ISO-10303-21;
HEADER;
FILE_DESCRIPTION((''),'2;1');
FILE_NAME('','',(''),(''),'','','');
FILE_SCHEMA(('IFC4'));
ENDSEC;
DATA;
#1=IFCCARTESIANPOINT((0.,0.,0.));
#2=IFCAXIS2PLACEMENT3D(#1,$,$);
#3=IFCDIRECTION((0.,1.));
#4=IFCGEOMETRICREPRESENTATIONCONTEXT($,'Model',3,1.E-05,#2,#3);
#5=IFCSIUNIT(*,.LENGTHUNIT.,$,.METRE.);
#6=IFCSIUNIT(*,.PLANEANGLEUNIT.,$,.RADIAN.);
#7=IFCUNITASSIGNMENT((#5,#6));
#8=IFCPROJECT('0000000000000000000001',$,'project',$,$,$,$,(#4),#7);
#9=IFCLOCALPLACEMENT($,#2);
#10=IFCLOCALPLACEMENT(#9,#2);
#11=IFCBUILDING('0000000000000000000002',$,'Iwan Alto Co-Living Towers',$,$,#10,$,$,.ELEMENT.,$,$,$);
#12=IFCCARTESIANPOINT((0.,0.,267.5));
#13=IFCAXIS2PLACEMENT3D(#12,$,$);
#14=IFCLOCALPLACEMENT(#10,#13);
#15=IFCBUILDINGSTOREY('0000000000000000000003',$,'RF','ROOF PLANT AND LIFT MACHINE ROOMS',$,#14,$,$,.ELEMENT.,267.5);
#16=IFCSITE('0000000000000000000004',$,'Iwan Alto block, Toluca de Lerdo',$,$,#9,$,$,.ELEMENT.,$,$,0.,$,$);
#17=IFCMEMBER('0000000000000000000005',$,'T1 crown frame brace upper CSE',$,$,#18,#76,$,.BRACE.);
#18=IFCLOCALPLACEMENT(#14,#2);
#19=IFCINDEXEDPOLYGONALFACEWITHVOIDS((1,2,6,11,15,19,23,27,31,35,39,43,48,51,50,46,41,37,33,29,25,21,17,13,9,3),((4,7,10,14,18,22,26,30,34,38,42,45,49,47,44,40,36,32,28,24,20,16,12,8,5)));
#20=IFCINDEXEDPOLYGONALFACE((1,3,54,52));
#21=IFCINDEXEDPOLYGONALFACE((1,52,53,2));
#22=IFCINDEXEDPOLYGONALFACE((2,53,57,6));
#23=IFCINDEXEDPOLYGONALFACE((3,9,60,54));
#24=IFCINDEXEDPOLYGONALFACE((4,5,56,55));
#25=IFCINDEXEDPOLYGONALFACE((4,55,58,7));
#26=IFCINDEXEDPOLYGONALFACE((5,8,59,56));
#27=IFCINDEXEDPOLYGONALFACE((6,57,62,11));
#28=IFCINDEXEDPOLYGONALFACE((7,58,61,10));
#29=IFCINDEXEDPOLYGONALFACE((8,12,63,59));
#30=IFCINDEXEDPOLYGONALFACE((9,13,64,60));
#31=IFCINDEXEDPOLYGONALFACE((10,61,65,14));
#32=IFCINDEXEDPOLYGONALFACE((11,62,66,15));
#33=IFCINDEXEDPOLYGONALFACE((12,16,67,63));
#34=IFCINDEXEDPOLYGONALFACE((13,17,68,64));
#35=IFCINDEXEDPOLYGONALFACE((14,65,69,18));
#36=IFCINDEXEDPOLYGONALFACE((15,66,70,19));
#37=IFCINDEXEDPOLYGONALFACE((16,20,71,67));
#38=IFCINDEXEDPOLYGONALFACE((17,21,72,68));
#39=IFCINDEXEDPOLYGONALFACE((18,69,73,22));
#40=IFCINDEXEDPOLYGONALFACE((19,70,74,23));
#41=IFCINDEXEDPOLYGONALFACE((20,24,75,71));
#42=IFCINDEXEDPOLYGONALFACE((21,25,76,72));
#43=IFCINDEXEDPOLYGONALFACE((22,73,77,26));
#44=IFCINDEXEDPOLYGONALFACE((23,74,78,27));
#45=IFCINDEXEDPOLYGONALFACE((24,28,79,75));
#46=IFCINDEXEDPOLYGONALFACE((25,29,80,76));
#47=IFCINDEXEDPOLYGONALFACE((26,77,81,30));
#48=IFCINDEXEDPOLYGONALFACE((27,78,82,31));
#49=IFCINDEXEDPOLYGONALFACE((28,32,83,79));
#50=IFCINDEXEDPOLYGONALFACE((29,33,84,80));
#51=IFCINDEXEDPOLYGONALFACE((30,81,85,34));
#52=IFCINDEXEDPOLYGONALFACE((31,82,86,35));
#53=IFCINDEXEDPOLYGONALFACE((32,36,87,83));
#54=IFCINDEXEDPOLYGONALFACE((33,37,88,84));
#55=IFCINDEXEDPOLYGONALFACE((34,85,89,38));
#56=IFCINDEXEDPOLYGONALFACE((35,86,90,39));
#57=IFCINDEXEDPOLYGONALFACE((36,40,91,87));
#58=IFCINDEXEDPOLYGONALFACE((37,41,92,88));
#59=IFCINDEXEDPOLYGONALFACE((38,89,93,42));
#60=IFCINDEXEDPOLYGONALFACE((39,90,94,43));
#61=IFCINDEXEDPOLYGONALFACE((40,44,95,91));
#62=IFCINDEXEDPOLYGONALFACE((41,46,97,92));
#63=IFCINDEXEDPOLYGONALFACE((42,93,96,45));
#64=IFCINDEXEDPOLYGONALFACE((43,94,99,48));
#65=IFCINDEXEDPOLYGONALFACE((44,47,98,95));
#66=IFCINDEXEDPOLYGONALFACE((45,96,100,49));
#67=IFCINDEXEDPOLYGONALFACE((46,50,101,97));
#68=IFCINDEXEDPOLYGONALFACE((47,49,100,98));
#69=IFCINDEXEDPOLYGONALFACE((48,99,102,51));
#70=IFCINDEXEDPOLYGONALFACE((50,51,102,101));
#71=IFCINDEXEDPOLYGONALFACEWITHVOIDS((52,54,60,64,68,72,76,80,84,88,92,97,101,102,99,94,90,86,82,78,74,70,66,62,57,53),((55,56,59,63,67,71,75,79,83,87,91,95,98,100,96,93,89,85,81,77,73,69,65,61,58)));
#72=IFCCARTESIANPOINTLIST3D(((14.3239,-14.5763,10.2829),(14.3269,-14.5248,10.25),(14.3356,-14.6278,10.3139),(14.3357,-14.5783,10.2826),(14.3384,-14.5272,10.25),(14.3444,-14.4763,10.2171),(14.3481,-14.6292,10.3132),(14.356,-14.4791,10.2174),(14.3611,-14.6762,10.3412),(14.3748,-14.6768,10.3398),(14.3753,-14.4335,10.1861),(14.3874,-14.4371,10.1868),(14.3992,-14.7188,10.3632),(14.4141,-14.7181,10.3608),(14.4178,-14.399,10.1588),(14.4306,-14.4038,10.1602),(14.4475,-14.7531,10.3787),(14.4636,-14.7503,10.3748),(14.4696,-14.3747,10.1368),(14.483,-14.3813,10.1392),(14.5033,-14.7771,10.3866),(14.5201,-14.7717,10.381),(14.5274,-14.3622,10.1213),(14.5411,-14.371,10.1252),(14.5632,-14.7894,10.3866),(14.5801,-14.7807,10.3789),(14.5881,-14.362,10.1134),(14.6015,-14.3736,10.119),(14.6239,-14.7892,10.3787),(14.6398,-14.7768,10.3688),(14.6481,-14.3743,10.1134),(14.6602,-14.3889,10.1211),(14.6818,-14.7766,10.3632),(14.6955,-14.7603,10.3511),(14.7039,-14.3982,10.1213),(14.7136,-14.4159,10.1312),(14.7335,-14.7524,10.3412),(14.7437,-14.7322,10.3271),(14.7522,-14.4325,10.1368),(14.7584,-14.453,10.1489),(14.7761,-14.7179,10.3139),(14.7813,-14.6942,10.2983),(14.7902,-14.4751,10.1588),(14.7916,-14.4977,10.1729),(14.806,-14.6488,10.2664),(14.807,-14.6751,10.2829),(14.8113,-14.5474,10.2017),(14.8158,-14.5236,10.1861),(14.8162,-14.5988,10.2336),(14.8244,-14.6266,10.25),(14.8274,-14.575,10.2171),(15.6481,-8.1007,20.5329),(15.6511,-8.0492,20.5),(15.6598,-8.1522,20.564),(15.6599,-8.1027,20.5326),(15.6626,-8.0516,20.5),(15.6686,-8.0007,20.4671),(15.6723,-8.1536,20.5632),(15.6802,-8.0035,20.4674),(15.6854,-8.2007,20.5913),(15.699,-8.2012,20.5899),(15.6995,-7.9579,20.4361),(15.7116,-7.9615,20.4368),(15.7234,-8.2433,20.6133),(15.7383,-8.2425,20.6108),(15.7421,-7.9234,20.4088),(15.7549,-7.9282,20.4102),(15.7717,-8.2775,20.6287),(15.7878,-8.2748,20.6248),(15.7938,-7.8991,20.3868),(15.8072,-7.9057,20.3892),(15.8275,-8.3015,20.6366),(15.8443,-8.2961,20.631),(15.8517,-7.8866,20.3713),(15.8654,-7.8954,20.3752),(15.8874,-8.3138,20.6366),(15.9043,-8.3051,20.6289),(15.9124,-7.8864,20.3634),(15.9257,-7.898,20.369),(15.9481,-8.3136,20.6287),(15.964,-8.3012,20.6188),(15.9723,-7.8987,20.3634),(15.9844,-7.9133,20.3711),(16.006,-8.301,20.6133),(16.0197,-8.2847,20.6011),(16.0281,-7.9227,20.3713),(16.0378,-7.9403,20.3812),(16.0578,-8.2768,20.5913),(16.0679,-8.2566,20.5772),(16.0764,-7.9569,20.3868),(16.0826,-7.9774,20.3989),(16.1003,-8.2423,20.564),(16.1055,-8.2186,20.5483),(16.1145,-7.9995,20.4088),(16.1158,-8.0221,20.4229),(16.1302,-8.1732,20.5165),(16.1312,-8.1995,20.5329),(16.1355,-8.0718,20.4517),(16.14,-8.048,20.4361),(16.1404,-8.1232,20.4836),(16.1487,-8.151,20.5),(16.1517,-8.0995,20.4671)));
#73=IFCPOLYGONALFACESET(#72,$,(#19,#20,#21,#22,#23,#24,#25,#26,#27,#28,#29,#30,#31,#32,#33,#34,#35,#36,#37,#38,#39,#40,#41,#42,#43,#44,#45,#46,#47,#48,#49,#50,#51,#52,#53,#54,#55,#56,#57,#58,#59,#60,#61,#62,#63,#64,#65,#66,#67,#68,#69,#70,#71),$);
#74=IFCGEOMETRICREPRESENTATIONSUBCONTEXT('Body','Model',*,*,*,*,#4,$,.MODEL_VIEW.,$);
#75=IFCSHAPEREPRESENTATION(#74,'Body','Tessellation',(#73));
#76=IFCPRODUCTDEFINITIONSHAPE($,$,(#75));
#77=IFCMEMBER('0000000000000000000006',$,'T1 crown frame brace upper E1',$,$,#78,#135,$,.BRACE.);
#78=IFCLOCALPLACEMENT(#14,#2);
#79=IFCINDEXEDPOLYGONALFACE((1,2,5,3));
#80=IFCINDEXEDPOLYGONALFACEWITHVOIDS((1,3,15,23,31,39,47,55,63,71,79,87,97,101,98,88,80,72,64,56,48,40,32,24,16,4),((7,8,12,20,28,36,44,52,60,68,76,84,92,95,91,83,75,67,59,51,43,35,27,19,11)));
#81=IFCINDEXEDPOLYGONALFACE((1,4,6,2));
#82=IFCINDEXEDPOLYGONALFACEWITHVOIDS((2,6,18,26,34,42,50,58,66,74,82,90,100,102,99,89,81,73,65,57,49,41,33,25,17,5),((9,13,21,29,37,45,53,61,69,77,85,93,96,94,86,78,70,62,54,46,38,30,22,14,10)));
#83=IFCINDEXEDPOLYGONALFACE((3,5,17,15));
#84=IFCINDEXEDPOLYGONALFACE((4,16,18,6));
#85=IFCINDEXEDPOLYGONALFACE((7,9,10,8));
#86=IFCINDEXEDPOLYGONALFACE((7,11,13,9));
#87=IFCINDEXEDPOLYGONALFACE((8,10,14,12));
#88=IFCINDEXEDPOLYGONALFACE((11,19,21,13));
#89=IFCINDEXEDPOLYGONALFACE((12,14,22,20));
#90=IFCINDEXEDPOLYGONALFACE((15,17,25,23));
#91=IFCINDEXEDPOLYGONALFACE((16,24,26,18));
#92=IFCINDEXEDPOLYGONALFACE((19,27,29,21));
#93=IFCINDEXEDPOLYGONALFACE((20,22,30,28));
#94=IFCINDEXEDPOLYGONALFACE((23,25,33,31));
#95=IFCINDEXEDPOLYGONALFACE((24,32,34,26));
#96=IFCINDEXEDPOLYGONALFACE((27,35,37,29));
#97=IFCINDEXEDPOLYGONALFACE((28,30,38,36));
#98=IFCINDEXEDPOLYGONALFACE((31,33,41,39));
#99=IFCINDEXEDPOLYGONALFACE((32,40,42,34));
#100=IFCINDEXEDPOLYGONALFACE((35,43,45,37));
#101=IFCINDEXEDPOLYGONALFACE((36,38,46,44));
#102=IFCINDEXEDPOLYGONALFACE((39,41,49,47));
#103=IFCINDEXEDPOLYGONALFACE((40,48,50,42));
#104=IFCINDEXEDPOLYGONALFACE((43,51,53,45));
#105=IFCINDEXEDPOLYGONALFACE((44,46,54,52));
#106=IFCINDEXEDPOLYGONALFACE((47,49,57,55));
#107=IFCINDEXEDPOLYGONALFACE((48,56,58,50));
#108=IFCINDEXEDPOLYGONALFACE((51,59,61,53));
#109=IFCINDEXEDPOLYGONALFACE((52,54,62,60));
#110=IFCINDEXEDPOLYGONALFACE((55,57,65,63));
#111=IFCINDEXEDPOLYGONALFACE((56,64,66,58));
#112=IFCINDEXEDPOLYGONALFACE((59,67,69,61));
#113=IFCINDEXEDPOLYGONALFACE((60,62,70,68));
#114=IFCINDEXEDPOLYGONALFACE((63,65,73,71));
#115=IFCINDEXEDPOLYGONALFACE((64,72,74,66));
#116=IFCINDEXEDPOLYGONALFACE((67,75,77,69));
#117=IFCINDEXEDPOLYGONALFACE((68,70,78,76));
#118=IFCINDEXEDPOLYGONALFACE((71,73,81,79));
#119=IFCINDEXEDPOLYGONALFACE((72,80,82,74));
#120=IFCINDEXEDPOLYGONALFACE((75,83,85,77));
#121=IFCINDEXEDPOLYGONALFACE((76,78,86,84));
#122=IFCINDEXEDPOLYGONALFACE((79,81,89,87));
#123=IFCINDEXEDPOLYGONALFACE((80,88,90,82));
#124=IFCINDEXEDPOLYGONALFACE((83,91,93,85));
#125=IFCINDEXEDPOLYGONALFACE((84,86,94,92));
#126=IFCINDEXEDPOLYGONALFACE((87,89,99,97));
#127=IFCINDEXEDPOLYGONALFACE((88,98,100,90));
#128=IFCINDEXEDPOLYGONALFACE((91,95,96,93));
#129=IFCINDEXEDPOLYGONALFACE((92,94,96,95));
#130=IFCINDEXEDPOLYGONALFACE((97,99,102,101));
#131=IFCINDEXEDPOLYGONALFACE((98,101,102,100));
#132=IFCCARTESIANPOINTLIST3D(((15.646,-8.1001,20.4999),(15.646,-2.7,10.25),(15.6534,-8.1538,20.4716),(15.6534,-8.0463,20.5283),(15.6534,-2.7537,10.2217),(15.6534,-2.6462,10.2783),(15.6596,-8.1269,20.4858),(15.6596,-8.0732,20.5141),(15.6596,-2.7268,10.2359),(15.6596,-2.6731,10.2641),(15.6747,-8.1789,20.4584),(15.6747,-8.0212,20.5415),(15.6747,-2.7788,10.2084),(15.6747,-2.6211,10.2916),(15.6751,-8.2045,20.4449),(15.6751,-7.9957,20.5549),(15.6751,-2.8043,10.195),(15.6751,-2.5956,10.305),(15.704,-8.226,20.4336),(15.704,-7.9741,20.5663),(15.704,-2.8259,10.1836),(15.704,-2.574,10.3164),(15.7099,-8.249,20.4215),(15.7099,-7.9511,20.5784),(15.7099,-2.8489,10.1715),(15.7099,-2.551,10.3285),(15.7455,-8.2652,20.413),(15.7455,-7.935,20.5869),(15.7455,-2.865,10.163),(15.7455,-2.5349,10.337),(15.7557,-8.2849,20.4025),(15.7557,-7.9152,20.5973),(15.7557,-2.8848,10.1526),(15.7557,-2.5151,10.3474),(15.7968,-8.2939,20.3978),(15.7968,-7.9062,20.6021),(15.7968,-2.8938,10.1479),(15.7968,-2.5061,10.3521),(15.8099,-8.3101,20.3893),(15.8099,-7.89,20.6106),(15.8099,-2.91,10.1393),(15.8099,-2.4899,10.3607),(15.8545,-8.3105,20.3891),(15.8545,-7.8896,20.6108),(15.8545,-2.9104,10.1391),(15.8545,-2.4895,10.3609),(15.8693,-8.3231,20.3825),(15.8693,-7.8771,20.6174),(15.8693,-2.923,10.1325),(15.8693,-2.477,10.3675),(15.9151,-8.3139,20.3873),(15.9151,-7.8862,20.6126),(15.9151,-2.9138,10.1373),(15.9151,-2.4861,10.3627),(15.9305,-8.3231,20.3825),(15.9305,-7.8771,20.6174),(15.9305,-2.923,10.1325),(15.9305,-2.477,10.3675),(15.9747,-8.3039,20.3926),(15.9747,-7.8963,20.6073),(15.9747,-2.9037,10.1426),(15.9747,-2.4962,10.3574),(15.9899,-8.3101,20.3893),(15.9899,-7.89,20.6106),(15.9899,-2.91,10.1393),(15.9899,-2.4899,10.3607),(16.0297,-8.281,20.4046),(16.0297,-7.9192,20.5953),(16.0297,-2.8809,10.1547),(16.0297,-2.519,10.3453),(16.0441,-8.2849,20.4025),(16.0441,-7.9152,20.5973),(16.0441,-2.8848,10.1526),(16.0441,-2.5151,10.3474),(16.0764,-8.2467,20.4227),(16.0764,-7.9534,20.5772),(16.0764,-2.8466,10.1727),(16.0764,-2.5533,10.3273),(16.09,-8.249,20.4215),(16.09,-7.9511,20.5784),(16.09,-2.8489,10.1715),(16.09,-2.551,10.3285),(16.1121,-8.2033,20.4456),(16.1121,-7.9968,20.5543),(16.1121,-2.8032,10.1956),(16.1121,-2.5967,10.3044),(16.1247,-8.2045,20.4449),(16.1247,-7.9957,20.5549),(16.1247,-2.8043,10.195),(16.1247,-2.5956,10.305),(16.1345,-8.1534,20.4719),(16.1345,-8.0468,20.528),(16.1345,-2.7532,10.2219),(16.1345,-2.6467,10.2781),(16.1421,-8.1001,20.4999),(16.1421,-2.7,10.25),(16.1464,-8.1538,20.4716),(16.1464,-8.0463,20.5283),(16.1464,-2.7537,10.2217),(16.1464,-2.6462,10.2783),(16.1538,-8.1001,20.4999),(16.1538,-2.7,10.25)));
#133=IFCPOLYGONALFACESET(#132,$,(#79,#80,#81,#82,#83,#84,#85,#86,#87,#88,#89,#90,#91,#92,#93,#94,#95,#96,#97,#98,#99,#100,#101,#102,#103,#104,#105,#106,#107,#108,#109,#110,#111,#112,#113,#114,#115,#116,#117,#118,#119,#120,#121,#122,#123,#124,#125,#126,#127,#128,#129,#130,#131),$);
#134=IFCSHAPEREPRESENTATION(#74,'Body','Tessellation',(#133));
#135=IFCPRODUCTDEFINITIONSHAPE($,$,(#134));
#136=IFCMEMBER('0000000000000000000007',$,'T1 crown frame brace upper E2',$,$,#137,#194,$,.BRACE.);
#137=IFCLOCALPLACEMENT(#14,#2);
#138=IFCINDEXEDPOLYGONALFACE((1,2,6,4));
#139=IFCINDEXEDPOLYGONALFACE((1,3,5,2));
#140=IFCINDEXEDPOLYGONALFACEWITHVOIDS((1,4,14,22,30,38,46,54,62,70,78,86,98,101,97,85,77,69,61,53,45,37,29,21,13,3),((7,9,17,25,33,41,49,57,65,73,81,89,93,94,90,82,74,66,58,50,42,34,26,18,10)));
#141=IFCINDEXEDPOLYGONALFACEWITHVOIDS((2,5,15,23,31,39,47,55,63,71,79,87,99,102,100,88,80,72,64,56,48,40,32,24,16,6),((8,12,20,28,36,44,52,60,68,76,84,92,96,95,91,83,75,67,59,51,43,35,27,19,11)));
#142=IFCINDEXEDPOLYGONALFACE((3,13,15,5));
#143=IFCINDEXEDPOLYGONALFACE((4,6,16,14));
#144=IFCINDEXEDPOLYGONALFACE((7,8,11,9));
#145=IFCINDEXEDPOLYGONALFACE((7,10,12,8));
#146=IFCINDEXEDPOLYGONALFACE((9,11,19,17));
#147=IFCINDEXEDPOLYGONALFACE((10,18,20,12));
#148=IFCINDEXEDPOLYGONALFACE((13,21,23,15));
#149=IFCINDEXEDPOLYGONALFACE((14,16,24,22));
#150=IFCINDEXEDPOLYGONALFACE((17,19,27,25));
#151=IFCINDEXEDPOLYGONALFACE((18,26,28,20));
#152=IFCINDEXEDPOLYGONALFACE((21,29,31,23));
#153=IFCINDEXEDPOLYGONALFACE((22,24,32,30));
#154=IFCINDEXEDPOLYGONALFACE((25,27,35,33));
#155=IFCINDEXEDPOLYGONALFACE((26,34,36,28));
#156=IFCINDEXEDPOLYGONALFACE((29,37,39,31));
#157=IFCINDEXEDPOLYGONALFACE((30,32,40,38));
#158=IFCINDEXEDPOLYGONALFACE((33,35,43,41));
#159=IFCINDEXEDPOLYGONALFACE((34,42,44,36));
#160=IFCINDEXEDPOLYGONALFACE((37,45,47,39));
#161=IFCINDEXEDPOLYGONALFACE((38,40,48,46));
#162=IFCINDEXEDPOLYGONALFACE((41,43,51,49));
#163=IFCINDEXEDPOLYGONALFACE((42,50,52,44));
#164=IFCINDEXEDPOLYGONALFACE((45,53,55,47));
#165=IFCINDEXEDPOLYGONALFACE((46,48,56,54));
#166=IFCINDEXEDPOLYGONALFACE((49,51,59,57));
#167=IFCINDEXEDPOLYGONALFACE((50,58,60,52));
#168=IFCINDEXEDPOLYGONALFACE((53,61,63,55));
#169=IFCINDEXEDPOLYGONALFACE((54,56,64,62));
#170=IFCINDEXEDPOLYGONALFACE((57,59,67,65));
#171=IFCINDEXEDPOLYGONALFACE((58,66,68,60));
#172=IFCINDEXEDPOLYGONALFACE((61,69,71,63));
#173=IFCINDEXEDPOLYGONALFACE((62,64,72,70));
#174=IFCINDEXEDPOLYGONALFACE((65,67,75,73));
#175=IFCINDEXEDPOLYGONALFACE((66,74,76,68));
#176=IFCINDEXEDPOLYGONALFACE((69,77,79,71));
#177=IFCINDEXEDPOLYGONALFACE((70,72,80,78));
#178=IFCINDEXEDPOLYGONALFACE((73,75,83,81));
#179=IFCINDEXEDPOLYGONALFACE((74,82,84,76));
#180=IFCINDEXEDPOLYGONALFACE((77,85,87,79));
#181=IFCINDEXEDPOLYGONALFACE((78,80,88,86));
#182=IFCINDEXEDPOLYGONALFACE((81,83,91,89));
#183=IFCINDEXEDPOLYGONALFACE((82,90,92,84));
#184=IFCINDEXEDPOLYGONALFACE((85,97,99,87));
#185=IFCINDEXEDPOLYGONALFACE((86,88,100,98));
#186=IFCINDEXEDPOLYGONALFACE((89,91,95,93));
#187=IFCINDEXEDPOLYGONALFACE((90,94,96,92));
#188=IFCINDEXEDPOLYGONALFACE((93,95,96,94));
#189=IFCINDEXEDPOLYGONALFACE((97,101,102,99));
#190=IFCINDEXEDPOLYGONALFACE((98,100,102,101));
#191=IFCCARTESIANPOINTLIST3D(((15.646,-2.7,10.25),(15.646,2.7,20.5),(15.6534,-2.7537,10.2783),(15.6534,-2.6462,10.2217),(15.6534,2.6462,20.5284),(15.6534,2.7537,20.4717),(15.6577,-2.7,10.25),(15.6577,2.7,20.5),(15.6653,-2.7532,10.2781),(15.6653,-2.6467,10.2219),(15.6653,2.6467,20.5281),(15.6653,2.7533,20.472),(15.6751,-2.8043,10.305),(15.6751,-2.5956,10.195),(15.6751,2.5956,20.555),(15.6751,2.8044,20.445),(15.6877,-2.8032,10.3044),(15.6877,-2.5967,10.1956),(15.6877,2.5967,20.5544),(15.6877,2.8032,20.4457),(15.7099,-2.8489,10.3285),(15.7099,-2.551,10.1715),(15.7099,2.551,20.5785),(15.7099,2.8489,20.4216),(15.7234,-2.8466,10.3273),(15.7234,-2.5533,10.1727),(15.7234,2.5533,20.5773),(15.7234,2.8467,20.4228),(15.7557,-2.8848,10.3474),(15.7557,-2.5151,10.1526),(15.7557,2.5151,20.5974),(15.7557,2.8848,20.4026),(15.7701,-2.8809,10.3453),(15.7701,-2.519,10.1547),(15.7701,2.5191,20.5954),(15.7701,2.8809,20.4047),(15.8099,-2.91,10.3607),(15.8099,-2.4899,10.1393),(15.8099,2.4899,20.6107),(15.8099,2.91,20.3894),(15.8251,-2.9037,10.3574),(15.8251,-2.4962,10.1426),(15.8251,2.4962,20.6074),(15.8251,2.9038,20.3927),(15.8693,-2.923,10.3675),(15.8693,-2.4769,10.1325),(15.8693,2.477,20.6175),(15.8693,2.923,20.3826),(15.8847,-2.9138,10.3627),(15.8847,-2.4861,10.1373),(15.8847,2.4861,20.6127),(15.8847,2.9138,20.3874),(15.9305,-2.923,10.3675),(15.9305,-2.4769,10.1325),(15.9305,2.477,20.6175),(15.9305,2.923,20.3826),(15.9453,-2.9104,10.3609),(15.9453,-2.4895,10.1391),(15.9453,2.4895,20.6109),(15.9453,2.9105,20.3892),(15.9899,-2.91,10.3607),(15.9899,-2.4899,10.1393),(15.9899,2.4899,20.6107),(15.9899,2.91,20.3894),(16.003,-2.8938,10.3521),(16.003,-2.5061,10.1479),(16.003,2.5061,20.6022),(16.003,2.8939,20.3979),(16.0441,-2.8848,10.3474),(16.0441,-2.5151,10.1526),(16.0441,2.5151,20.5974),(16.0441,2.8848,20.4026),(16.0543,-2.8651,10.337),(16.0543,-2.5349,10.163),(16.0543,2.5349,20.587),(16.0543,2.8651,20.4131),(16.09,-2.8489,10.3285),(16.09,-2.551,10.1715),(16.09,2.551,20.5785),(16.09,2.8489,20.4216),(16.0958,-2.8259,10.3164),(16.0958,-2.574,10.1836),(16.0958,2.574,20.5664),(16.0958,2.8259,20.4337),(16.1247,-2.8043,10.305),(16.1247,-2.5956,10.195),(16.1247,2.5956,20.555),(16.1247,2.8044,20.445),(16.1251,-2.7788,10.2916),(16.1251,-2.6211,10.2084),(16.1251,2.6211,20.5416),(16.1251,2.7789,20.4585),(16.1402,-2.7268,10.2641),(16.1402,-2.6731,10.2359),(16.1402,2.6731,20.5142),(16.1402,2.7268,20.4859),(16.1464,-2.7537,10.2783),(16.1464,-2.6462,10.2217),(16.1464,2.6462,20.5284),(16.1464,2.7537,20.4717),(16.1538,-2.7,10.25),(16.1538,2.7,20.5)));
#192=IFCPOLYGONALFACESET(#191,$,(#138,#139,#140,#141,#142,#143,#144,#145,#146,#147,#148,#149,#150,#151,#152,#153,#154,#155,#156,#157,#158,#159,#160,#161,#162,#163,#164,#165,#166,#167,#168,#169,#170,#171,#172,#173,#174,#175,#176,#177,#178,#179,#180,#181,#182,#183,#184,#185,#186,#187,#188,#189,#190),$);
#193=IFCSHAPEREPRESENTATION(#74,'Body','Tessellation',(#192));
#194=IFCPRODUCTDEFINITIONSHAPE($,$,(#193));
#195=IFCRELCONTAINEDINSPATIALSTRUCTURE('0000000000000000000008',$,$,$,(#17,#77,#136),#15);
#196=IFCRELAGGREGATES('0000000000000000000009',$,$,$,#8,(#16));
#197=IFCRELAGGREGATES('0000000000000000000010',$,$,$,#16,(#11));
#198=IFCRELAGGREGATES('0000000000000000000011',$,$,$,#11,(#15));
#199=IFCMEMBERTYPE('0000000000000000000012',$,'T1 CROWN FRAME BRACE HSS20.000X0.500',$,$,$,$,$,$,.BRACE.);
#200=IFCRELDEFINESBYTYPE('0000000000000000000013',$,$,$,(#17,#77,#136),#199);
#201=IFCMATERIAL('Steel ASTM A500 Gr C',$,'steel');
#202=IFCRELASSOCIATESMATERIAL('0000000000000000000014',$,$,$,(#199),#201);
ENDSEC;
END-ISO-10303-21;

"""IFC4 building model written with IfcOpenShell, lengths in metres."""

from ifc_helpers import new_model, si_unit, direction, frame, origin, origin_2d, place, context, subcontext, project, spatial, hollow_circle, extrude, material, material_profile, profile_set, type_object, element, save


model = new_model("IFC4")

# Units and contexts
model_context = context("Model", 3, precision=1e-05, world=origin(), true_north=direction((0.0, 1.0)))
body_context = subcontext(model_context, "Body", "Model", "MODEL_VIEW")
ifc_project = project(units=[si_unit("LENGTHUNIT", "METRE"), si_unit("PLANEANGLEUNIT", "RADIAN")], contexts=[model_context])

# Site, building, storey
site_placement = place(None, origin())
site = spatial("IfcSite", under=ifc_project, at=site_placement, Name="Iwan Alto block, Toluca de Lerdo", CompositionType="ELEMENT", RefElevation=0.0)
building_placement = place(site_placement, origin())
building = spatial("IfcBuilding", under=site, at=building_placement, Name="Iwan Alto Co-Living Towers", CompositionType="ELEMENT")
storey_placement = place(building_placement, frame((0.0, 0.0, 267.5)))
storey = spatial("IfcBuildingStorey", under=building, at=storey_placement, Name="RF", Description="ROOF PLANT AND LIFT MACHINE ROOMS", CompositionType="ELEMENT", Elevation=267.5)

# Members
ifc_material_1 = material(Name="Steel ASTM A500 Gr C", Category="steel")
ifc_material_profile_1 = material_profile(ifc_material_1, hollow_circle(Radius=0.2539, WallThickness=0.0117, at=origin_2d()), Name="HSS20.000X0.500")
ifc_profile_set_1 = profile_set([ifc_material_profile_1], Name="Steel ASTM A500 Gr C")
member_type_1 = type_object("IfcMemberType", Name="T1 CROWN FRAME BRACE HSS20.000X0.500", PredefinedType="BRACE", material=ifc_profile_set_1)
for number, where, z_axis, x_axis, name in (
    (1, (14.5757, -14.5757, 10.25), (0.108576, 0.530948, 0.84042), (-0.979725, 0.200348, 0.0), "T1 crown frame brace upper CSE"),
):
    element("IfcMember", number, at=place(storey_placement, frame(where, z_axis=z_axis, x_axis=x_axis)), inside=storey, type_object=member_type_1, Name=name, PredefinedType="BRACE", context=body_context, shape_type="SweptSolid", body=[
        extrude(hollow_circle(Radius=0.2539, WallThickness=0.0117, at=origin_2d()), origin(), (0.0, 0.0, 1.0), 12.1963),
    ])
for number, where, z_axis, x_axis, name in (
    (2, (15.8999, -2.7, 10.25), (0.0, -0.466112, 0.884726), (1.0, 0.0, 0.0), "T1 crown frame brace upper E1"),
    (3, (15.8999, -2.7, 10.25), (0.0, 0.466096, 0.884734), (-1.0, 0.0, 0.0), "T1 crown frame brace upper E2"),
):
    element("IfcMember", number, at=place(storey_placement, frame(where, z_axis=z_axis, x_axis=x_axis)), inside=storey, type_object=member_type_1, Name=name, PredefinedType="BRACE", context=body_context, shape_type="SweptSolid", body=[
        extrude(hollow_circle(Radius=0.2539, WallThickness=0.0117, at=origin_2d()), origin(), (0.0, 0.0, 1.0), 11.5854),
    ])

save(model, "model.ifc")
